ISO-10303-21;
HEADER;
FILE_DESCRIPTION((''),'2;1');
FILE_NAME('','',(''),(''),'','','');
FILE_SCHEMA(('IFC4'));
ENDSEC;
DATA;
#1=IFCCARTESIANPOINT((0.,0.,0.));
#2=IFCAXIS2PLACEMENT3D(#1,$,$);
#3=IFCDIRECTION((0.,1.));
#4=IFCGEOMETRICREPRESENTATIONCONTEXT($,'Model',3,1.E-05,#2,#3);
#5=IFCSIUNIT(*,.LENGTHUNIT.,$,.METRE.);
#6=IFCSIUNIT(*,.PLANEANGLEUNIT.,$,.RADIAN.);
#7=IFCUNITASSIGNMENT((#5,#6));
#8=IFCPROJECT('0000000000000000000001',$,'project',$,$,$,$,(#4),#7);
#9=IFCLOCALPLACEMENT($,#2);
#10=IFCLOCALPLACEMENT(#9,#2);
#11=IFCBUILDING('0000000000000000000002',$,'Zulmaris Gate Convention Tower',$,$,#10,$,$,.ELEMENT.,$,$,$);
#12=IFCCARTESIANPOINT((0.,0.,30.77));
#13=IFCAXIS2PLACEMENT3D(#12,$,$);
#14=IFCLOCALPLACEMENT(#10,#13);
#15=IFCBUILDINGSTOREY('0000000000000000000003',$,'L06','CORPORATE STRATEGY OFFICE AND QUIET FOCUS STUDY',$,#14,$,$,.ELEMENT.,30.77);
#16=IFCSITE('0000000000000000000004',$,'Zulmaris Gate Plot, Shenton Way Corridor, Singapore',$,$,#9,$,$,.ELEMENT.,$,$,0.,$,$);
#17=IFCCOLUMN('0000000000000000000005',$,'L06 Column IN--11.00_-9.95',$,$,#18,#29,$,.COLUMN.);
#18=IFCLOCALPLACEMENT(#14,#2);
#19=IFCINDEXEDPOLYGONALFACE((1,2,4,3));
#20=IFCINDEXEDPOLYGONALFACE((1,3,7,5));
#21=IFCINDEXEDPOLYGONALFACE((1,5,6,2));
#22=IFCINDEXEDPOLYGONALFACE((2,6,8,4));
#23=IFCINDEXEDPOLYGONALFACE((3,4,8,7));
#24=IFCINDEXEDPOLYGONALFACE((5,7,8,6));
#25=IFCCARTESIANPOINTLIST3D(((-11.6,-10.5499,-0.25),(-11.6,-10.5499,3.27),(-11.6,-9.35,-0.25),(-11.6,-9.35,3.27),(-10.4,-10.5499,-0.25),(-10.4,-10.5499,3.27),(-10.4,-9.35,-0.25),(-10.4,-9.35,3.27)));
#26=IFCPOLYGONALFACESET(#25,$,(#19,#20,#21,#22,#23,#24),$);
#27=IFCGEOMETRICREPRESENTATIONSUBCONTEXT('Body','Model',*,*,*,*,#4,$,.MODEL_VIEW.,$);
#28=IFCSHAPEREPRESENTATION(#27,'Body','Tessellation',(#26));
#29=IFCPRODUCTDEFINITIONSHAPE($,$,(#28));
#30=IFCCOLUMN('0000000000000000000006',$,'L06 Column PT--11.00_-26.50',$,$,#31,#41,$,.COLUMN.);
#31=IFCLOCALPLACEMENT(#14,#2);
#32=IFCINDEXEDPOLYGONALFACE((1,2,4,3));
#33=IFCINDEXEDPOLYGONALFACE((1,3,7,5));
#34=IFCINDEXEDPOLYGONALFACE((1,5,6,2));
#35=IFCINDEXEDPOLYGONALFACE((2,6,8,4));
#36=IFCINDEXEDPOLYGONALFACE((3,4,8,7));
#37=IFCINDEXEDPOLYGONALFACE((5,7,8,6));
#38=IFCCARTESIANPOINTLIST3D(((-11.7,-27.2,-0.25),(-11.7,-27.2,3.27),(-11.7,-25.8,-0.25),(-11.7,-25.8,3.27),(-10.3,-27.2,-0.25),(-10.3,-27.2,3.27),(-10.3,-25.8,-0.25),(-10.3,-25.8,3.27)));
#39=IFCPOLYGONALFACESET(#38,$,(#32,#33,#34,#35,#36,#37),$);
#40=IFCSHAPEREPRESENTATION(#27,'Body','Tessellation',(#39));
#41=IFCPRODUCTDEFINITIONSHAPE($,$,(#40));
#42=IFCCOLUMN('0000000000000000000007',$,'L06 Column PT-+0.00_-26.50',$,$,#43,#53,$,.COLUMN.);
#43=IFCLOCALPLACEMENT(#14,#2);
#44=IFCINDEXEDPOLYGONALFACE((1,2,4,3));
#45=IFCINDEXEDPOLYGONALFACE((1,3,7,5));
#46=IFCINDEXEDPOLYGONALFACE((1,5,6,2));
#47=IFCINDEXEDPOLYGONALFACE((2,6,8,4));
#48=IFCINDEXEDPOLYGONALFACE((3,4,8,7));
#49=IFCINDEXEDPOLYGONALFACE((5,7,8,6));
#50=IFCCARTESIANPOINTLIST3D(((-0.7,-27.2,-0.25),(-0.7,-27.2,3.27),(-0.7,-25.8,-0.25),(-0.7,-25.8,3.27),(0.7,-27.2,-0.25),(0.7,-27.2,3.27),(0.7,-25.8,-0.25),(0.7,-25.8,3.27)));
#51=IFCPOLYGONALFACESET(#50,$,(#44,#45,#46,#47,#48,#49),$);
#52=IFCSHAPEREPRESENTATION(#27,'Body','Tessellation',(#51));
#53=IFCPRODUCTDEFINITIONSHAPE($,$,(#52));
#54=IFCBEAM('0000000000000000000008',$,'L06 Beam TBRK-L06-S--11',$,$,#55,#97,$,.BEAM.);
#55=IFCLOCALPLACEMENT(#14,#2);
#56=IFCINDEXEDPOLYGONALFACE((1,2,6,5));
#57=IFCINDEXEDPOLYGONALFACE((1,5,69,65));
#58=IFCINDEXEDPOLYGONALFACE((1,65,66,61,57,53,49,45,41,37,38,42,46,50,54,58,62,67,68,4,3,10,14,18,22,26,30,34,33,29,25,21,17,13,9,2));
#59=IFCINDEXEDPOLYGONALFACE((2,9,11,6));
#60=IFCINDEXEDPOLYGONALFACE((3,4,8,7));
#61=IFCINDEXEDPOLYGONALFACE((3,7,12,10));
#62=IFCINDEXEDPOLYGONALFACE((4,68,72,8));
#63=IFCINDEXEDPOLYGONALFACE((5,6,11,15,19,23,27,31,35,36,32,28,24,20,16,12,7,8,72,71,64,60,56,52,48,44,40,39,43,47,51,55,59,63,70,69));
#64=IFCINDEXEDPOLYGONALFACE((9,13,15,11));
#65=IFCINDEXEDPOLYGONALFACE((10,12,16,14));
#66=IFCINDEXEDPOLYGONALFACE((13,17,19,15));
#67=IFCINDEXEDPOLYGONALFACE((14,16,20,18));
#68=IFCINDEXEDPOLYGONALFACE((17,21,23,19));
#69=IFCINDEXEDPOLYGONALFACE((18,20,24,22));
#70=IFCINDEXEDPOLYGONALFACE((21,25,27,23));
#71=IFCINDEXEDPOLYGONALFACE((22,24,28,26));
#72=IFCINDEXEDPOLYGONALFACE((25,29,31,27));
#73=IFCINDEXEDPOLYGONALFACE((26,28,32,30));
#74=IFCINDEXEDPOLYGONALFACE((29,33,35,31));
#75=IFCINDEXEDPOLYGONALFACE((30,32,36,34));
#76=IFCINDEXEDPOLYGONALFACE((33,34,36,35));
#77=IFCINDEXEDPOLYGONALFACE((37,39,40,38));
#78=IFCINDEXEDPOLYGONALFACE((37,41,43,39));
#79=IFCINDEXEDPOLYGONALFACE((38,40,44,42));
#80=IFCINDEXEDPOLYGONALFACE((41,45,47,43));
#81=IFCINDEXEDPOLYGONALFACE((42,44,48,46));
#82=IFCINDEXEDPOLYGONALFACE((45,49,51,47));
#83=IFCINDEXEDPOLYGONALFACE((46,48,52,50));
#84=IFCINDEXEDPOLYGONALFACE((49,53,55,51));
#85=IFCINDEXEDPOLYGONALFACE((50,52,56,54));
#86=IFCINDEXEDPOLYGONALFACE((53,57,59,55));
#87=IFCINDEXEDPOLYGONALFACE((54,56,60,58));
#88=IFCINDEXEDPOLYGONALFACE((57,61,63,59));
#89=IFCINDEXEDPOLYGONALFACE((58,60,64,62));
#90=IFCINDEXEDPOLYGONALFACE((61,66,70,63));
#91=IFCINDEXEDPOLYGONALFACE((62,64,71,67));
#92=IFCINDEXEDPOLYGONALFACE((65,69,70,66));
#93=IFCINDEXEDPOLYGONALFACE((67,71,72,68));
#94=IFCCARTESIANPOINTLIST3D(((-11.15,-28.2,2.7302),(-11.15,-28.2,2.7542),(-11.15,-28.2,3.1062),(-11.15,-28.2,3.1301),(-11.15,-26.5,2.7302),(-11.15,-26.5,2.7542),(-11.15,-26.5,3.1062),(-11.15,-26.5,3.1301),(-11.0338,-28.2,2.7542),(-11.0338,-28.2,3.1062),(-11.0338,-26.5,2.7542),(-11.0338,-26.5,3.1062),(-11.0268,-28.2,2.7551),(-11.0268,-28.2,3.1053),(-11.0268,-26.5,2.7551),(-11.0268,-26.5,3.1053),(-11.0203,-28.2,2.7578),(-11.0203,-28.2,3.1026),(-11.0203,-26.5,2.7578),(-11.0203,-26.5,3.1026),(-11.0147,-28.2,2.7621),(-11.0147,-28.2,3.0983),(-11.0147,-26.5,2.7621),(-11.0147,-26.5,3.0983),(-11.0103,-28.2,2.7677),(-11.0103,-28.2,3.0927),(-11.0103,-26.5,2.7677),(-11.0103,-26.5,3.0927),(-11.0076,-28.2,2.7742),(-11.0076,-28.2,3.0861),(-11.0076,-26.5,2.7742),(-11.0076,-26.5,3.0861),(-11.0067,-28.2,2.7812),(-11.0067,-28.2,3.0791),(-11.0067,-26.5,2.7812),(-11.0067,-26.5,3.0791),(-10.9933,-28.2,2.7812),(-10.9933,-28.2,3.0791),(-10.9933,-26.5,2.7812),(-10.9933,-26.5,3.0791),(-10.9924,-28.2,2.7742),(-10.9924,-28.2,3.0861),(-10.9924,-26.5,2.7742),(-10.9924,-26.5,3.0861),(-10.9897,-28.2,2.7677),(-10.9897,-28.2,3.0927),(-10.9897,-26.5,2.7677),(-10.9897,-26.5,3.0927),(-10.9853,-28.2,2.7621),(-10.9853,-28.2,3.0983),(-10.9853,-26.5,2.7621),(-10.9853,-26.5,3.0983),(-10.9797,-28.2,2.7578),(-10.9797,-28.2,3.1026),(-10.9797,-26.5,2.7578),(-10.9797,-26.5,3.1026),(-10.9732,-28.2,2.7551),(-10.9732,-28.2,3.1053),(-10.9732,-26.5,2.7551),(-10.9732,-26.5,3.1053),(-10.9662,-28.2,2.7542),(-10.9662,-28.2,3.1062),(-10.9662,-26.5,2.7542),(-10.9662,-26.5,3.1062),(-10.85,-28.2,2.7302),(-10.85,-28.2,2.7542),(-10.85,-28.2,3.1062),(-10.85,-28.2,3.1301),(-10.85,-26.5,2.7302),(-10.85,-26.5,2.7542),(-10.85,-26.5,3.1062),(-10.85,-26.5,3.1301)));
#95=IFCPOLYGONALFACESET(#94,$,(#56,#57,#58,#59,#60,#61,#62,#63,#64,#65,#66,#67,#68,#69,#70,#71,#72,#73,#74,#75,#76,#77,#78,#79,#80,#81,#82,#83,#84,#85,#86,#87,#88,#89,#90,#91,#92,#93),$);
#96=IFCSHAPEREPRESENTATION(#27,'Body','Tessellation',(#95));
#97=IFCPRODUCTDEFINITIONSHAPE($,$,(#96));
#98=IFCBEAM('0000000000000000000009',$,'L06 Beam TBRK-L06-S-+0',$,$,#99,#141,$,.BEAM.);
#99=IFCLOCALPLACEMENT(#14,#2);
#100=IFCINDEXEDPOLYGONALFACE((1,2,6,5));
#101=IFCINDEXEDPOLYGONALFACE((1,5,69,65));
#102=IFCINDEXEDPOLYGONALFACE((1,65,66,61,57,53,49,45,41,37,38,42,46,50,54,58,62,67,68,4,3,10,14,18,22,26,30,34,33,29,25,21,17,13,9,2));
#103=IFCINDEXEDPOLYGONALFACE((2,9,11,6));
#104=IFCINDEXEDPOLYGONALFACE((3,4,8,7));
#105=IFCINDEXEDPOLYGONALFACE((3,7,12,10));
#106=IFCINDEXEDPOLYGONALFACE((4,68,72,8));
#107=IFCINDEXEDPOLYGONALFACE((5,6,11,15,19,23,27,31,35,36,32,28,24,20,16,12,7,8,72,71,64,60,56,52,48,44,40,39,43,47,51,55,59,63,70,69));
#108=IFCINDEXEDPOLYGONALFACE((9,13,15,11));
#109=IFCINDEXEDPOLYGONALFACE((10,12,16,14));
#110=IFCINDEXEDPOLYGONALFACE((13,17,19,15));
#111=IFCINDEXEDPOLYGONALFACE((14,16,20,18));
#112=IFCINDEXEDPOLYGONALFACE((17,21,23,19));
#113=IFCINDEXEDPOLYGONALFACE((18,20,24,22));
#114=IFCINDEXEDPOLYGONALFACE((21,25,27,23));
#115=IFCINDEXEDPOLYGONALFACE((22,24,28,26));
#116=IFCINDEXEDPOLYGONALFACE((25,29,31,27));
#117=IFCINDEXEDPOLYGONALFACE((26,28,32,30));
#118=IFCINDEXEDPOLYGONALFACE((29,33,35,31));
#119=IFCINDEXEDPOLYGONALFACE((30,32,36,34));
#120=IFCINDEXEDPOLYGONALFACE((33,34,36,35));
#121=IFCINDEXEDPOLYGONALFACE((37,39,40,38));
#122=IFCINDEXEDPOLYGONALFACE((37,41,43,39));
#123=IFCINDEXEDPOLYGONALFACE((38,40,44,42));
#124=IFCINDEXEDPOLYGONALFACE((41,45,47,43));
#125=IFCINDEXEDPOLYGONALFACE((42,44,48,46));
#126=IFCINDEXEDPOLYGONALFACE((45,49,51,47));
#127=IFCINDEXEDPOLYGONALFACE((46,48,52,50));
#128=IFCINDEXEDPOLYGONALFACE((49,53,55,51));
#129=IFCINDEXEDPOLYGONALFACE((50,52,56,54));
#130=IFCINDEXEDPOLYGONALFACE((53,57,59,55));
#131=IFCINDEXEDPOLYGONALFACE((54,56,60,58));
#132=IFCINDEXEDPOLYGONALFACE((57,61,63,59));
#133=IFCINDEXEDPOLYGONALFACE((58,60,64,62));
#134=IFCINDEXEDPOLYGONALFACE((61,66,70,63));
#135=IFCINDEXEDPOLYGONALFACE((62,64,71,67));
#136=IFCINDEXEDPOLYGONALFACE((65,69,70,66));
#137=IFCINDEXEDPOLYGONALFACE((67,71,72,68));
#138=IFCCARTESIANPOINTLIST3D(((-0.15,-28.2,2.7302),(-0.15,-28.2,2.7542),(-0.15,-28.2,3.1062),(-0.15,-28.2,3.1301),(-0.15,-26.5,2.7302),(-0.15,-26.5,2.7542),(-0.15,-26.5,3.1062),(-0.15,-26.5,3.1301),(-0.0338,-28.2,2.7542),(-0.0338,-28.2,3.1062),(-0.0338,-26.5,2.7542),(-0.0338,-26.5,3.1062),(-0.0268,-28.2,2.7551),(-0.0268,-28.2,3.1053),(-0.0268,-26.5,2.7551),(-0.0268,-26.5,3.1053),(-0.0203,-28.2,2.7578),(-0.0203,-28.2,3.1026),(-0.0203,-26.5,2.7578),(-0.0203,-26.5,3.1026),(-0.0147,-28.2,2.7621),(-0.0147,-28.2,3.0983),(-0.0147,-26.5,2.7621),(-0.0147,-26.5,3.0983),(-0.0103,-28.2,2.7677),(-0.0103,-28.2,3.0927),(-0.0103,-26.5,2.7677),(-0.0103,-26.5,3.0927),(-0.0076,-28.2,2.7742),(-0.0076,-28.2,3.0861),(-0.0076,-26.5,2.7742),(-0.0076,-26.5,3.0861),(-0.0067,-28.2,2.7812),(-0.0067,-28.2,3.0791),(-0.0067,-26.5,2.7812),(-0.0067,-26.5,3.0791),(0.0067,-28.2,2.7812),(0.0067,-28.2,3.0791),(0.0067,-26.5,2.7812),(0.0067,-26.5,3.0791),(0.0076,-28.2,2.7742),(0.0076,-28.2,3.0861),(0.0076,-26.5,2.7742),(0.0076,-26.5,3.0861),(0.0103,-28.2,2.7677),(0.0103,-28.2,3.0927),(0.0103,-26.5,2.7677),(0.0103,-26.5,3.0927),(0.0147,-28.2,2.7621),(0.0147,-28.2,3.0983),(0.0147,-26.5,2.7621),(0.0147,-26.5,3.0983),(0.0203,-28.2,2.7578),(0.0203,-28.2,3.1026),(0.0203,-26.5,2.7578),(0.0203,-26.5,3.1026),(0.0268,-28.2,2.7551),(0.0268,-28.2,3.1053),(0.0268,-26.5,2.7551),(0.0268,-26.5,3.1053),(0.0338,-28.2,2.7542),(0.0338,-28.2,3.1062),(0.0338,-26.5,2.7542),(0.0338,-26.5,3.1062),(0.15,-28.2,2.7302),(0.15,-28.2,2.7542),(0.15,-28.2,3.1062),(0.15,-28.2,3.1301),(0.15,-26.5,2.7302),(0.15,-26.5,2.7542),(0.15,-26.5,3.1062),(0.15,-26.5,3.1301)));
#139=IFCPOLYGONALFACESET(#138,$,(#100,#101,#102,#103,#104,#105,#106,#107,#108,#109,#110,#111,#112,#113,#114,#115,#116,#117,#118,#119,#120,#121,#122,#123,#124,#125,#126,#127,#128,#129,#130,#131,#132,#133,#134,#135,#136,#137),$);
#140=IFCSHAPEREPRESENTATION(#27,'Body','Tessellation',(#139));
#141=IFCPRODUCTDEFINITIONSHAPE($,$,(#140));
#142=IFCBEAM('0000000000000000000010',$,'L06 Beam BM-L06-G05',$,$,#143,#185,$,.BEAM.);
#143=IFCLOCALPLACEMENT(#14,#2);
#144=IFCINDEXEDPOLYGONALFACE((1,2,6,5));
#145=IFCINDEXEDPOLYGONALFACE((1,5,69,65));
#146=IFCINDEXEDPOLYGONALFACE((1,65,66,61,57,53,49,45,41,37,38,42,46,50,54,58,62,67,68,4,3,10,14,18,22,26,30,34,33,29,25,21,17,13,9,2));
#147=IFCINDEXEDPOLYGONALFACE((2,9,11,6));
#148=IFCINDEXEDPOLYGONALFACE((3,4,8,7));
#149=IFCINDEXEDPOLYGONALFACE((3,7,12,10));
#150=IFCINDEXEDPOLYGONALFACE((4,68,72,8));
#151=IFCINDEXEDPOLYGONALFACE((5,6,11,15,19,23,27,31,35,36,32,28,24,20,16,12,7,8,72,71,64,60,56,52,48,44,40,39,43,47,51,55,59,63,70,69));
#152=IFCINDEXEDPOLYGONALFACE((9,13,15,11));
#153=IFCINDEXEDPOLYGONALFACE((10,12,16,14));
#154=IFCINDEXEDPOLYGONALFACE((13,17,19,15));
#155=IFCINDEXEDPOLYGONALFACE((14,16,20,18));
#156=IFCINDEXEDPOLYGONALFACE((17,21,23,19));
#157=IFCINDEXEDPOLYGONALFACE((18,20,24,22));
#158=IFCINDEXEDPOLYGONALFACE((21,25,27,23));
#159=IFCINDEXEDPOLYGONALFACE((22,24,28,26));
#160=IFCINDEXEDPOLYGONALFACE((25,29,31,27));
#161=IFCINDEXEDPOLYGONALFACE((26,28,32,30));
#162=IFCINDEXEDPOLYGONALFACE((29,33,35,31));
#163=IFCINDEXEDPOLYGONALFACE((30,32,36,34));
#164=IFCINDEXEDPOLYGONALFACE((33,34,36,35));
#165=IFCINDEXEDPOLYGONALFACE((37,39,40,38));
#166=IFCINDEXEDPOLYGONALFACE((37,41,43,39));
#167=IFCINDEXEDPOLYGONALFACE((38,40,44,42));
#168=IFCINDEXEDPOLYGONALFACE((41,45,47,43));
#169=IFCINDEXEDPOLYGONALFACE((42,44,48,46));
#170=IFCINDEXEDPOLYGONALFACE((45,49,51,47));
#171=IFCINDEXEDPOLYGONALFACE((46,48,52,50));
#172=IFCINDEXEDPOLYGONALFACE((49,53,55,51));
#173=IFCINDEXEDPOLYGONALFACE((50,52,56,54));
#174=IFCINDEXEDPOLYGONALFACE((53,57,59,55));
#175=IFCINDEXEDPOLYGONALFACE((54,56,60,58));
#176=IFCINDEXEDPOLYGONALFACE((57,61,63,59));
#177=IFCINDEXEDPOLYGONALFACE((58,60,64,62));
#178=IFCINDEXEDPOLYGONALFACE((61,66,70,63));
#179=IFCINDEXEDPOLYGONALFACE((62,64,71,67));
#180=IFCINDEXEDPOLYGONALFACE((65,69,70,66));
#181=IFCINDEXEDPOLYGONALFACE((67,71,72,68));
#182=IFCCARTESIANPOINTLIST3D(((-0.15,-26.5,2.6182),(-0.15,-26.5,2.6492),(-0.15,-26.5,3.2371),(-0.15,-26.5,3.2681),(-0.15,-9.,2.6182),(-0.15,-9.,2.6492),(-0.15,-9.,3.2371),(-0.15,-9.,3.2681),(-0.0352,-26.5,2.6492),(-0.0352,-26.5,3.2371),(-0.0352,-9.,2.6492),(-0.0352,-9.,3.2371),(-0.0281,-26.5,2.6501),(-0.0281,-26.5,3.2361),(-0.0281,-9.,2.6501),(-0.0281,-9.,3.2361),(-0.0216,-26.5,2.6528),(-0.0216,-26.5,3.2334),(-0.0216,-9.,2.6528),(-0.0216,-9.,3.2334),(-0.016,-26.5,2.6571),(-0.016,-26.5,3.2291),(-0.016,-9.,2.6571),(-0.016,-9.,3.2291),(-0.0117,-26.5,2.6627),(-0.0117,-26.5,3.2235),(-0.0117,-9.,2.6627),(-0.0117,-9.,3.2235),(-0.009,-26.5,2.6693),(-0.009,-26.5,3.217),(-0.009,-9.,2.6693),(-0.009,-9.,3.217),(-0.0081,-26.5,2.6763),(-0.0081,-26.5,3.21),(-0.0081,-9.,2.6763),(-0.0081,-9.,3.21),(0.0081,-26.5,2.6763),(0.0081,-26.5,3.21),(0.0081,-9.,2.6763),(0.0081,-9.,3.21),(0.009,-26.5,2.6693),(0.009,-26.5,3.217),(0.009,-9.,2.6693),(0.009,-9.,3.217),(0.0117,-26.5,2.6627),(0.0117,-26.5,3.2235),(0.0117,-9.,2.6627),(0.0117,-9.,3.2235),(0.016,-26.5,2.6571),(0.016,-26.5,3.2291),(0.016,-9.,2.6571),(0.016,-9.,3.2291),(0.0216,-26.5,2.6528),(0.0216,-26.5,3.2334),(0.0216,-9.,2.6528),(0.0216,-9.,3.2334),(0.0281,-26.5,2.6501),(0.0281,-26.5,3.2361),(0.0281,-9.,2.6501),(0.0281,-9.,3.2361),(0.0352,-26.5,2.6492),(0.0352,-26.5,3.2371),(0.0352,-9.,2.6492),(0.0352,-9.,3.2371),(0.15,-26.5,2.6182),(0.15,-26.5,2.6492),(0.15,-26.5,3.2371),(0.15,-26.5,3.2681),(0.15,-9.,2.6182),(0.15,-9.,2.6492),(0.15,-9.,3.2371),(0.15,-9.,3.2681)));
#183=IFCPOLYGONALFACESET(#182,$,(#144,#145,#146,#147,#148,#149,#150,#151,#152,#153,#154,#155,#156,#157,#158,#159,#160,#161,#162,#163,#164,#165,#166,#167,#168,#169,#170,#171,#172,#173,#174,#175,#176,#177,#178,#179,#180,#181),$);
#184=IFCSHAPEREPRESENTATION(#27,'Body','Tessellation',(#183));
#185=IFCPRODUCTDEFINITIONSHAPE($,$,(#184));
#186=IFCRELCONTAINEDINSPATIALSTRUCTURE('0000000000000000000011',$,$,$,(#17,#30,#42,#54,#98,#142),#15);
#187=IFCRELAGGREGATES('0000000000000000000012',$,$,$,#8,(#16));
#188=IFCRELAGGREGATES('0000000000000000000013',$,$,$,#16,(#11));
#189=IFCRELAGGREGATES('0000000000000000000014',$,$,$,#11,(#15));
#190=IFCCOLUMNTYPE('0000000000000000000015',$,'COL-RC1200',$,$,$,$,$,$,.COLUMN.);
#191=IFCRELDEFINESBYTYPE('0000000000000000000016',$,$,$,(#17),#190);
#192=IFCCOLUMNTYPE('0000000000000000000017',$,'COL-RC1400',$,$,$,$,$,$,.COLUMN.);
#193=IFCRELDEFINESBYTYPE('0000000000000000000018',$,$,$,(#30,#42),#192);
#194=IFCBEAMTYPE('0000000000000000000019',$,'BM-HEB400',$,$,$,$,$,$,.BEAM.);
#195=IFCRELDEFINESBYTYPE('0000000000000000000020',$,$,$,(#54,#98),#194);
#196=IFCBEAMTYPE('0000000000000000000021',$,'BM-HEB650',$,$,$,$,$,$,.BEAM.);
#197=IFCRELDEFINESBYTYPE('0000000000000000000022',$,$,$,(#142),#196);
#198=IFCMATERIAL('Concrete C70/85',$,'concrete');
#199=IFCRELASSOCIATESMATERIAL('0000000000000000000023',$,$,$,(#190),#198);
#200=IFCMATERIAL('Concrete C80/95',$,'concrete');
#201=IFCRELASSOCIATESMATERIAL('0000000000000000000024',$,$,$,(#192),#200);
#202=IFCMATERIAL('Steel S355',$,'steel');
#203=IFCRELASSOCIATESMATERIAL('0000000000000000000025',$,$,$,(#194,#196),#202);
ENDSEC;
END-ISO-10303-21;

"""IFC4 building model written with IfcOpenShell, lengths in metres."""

from ifc_helpers import new_model, si_unit, direction, frame, origin, origin_2d, place, context, subcontext, project, spatial, rectangle, i_section, extrude, material, material_profile, profile_set, type_object, element, save


model = new_model("IFC4")

# Units and contexts
model_context = context("Model", 3, precision=1e-05, world=origin(), true_north=direction((0.0, 1.0)))
body_context = subcontext(model_context, "Body", "Model", "MODEL_VIEW")
ifc_project = project(units=[si_unit("LENGTHUNIT", "METRE"), si_unit("PLANEANGLEUNIT", "RADIAN")], contexts=[model_context])

# Site, building, storey
site_placement = place(None, origin())
site = spatial("IfcSite", under=ifc_project, at=site_placement, Name="Zulmaris Gate Plot, Shenton Way Corridor, Singapore", CompositionType="ELEMENT", RefElevation=0.0)
building_placement = place(site_placement, origin())
building = spatial("IfcBuilding", under=site, at=building_placement, Name="Zulmaris Gate Convention Tower", CompositionType="ELEMENT")
storey_placement = place(building_placement, frame((0.0, 0.0, 30.77)))
storey = spatial("IfcBuildingStorey", under=building, at=storey_placement, Name="L06", Description="CORPORATE STRATEGY OFFICE AND QUIET FOCUS STUDY", CompositionType="ELEMENT", Elevation=30.77)

# Columns
ifc_material_1 = material(Name="Concrete C70/85", Category="concrete")
ifc_material_profile_1 = material_profile(ifc_material_1, rectangle(XDim=1.2, YDim=1.2, at=origin_2d()), Name="RC COL 1200x1200")
ifc_profile_set_1 = profile_set([ifc_material_profile_1], Name="Concrete C70/85")
column_type_1 = type_object("IfcColumnType", Name="COL-RC1200", PredefinedType="COLUMN", material=ifc_profile_set_1)
column_placement = place(storey_placement, frame((-11.0, -9.95, -0.25), z_axis=(0.0, 0.0, 1.0), x_axis=(1.0, 0.0, 0.0)))
element("IfcColumn", 1, at=column_placement, inside=storey, type_object=column_type_1, Name="L06 Column IN--11.00_-9.95", PredefinedType="COLUMN", context=body_context, shape_type="SweptSolid", body=[
    extrude(rectangle(XDim=1.2, YDim=1.2, at=origin_2d()), origin(), (0.0, 0.0, 1.0), 3.52),
])
ifc_material_2 = material(Name="Concrete C80/95", Category="concrete")
ifc_material_profile_2 = material_profile(ifc_material_2, rectangle(XDim=1.3999, YDim=1.3999, at=origin_2d()), Name="RC COL 1400x1400")
ifc_profile_set_2 = profile_set([ifc_material_profile_2], Name="Concrete C80/95")
column_type_2 = type_object("IfcColumnType", Name="COL-RC1400", PredefinedType="COLUMN", material=ifc_profile_set_2)
for number, where, z_axis, x_axis, name in (
    (2, (-11.0, -26.5, -0.25), (0.0, 0.0, 1.0), (1.0, 0.0, 0.0), "L06 Column PT--11.00_-26.50"),
    (3, (0.0, -26.5, -0.25), (0.0, 0.0, 1.0), (1.0, 0.0, 0.0), "L06 Column PT-+0.00_-26.50"),
):
    element("IfcColumn", number, at=place(storey_placement, frame(where, z_axis=z_axis, x_axis=x_axis)), inside=storey, type_object=column_type_2, Name=name, PredefinedType="COLUMN", context=body_context, shape_type="SweptSolid", body=[
        extrude(rectangle(XDim=1.3999, YDim=1.3999, at=origin_2d()), origin(), (0.0, 0.0, 1.0), 3.52),
    ])

# Beams
ifc_material_3 = material(Name="Steel S355", Category="steel")
ifc_material_profile_3 = material_profile(ifc_material_3, i_section(OverallWidth=0.3, OverallDepth=0.3999, WebThickness=0.0134, FlangeThickness=0.0239, FilletRadius=0.0271, at=origin_2d()), Name="HEB 400")
ifc_profile_set_3 = profile_set([ifc_material_profile_3], Name="Steel S355")
beam_type_1 = type_object("IfcBeamType", Name="BM-HEB400", PredefinedType="BEAM", material=ifc_profile_set_3)
for number, where, z_axis, x_axis, name in (
    (4, (-11.0, -28.2, 2.9302), (0.0, 1.0, 0.0), (-1.0, 0.0, 0.0), "L06 Beam TBRK-L06-S--11"),
    (5, (0.0, -28.2, 2.9302), (0.0, 1.0, 0.0), (-1.0, 0.0, 0.0), "L06 Beam TBRK-L06-S-+0"),
):
    element("IfcBeam", number, at=place(storey_placement, frame(where, z_axis=z_axis, x_axis=x_axis)), inside=storey, type_object=beam_type_1, Name=name, PredefinedType="BEAM", context=body_context, shape_type="SweptSolid", body=[
        extrude(i_section(OverallWidth=0.3, OverallDepth=0.3999, WebThickness=0.0134, FlangeThickness=0.0239, FilletRadius=0.0271, at=origin_2d()), origin(), (0.0, 0.0, 1.0), 1.7),
    ])
ifc_material_profile_4 = material_profile(ifc_material_3, i_section(OverallWidth=0.3, OverallDepth=0.6499, WebThickness=0.0161, FlangeThickness=0.031, FilletRadius=0.0271, at=origin_2d()), Name="HEB 650")
ifc_profile_set_4 = profile_set([ifc_material_profile_4], Name="Steel S355")
beam_type_2 = type_object("IfcBeamType", Name="BM-HEB650", PredefinedType="BEAM", material=ifc_profile_set_4)
beam_1_placement = place(storey_placement, frame((0.0, -26.5, 2.9431), z_axis=(0.0, 1.0, 0.0), x_axis=(-1.0, 0.0, 0.0)))
element("IfcBeam", 6, at=beam_1_placement, inside=storey, type_object=beam_type_2, Name="L06 Beam BM-L06-G05", PredefinedType="BEAM", context=body_context, shape_type="SweptSolid", body=[
    extrude(i_section(OverallWidth=0.3, OverallDepth=0.6499, WebThickness=0.0161, FlangeThickness=0.031, FilletRadius=0.0271, at=origin_2d()), origin(), (0.0, 0.0, 1.0), 17.5),
])

save(model, "model.ifc")
